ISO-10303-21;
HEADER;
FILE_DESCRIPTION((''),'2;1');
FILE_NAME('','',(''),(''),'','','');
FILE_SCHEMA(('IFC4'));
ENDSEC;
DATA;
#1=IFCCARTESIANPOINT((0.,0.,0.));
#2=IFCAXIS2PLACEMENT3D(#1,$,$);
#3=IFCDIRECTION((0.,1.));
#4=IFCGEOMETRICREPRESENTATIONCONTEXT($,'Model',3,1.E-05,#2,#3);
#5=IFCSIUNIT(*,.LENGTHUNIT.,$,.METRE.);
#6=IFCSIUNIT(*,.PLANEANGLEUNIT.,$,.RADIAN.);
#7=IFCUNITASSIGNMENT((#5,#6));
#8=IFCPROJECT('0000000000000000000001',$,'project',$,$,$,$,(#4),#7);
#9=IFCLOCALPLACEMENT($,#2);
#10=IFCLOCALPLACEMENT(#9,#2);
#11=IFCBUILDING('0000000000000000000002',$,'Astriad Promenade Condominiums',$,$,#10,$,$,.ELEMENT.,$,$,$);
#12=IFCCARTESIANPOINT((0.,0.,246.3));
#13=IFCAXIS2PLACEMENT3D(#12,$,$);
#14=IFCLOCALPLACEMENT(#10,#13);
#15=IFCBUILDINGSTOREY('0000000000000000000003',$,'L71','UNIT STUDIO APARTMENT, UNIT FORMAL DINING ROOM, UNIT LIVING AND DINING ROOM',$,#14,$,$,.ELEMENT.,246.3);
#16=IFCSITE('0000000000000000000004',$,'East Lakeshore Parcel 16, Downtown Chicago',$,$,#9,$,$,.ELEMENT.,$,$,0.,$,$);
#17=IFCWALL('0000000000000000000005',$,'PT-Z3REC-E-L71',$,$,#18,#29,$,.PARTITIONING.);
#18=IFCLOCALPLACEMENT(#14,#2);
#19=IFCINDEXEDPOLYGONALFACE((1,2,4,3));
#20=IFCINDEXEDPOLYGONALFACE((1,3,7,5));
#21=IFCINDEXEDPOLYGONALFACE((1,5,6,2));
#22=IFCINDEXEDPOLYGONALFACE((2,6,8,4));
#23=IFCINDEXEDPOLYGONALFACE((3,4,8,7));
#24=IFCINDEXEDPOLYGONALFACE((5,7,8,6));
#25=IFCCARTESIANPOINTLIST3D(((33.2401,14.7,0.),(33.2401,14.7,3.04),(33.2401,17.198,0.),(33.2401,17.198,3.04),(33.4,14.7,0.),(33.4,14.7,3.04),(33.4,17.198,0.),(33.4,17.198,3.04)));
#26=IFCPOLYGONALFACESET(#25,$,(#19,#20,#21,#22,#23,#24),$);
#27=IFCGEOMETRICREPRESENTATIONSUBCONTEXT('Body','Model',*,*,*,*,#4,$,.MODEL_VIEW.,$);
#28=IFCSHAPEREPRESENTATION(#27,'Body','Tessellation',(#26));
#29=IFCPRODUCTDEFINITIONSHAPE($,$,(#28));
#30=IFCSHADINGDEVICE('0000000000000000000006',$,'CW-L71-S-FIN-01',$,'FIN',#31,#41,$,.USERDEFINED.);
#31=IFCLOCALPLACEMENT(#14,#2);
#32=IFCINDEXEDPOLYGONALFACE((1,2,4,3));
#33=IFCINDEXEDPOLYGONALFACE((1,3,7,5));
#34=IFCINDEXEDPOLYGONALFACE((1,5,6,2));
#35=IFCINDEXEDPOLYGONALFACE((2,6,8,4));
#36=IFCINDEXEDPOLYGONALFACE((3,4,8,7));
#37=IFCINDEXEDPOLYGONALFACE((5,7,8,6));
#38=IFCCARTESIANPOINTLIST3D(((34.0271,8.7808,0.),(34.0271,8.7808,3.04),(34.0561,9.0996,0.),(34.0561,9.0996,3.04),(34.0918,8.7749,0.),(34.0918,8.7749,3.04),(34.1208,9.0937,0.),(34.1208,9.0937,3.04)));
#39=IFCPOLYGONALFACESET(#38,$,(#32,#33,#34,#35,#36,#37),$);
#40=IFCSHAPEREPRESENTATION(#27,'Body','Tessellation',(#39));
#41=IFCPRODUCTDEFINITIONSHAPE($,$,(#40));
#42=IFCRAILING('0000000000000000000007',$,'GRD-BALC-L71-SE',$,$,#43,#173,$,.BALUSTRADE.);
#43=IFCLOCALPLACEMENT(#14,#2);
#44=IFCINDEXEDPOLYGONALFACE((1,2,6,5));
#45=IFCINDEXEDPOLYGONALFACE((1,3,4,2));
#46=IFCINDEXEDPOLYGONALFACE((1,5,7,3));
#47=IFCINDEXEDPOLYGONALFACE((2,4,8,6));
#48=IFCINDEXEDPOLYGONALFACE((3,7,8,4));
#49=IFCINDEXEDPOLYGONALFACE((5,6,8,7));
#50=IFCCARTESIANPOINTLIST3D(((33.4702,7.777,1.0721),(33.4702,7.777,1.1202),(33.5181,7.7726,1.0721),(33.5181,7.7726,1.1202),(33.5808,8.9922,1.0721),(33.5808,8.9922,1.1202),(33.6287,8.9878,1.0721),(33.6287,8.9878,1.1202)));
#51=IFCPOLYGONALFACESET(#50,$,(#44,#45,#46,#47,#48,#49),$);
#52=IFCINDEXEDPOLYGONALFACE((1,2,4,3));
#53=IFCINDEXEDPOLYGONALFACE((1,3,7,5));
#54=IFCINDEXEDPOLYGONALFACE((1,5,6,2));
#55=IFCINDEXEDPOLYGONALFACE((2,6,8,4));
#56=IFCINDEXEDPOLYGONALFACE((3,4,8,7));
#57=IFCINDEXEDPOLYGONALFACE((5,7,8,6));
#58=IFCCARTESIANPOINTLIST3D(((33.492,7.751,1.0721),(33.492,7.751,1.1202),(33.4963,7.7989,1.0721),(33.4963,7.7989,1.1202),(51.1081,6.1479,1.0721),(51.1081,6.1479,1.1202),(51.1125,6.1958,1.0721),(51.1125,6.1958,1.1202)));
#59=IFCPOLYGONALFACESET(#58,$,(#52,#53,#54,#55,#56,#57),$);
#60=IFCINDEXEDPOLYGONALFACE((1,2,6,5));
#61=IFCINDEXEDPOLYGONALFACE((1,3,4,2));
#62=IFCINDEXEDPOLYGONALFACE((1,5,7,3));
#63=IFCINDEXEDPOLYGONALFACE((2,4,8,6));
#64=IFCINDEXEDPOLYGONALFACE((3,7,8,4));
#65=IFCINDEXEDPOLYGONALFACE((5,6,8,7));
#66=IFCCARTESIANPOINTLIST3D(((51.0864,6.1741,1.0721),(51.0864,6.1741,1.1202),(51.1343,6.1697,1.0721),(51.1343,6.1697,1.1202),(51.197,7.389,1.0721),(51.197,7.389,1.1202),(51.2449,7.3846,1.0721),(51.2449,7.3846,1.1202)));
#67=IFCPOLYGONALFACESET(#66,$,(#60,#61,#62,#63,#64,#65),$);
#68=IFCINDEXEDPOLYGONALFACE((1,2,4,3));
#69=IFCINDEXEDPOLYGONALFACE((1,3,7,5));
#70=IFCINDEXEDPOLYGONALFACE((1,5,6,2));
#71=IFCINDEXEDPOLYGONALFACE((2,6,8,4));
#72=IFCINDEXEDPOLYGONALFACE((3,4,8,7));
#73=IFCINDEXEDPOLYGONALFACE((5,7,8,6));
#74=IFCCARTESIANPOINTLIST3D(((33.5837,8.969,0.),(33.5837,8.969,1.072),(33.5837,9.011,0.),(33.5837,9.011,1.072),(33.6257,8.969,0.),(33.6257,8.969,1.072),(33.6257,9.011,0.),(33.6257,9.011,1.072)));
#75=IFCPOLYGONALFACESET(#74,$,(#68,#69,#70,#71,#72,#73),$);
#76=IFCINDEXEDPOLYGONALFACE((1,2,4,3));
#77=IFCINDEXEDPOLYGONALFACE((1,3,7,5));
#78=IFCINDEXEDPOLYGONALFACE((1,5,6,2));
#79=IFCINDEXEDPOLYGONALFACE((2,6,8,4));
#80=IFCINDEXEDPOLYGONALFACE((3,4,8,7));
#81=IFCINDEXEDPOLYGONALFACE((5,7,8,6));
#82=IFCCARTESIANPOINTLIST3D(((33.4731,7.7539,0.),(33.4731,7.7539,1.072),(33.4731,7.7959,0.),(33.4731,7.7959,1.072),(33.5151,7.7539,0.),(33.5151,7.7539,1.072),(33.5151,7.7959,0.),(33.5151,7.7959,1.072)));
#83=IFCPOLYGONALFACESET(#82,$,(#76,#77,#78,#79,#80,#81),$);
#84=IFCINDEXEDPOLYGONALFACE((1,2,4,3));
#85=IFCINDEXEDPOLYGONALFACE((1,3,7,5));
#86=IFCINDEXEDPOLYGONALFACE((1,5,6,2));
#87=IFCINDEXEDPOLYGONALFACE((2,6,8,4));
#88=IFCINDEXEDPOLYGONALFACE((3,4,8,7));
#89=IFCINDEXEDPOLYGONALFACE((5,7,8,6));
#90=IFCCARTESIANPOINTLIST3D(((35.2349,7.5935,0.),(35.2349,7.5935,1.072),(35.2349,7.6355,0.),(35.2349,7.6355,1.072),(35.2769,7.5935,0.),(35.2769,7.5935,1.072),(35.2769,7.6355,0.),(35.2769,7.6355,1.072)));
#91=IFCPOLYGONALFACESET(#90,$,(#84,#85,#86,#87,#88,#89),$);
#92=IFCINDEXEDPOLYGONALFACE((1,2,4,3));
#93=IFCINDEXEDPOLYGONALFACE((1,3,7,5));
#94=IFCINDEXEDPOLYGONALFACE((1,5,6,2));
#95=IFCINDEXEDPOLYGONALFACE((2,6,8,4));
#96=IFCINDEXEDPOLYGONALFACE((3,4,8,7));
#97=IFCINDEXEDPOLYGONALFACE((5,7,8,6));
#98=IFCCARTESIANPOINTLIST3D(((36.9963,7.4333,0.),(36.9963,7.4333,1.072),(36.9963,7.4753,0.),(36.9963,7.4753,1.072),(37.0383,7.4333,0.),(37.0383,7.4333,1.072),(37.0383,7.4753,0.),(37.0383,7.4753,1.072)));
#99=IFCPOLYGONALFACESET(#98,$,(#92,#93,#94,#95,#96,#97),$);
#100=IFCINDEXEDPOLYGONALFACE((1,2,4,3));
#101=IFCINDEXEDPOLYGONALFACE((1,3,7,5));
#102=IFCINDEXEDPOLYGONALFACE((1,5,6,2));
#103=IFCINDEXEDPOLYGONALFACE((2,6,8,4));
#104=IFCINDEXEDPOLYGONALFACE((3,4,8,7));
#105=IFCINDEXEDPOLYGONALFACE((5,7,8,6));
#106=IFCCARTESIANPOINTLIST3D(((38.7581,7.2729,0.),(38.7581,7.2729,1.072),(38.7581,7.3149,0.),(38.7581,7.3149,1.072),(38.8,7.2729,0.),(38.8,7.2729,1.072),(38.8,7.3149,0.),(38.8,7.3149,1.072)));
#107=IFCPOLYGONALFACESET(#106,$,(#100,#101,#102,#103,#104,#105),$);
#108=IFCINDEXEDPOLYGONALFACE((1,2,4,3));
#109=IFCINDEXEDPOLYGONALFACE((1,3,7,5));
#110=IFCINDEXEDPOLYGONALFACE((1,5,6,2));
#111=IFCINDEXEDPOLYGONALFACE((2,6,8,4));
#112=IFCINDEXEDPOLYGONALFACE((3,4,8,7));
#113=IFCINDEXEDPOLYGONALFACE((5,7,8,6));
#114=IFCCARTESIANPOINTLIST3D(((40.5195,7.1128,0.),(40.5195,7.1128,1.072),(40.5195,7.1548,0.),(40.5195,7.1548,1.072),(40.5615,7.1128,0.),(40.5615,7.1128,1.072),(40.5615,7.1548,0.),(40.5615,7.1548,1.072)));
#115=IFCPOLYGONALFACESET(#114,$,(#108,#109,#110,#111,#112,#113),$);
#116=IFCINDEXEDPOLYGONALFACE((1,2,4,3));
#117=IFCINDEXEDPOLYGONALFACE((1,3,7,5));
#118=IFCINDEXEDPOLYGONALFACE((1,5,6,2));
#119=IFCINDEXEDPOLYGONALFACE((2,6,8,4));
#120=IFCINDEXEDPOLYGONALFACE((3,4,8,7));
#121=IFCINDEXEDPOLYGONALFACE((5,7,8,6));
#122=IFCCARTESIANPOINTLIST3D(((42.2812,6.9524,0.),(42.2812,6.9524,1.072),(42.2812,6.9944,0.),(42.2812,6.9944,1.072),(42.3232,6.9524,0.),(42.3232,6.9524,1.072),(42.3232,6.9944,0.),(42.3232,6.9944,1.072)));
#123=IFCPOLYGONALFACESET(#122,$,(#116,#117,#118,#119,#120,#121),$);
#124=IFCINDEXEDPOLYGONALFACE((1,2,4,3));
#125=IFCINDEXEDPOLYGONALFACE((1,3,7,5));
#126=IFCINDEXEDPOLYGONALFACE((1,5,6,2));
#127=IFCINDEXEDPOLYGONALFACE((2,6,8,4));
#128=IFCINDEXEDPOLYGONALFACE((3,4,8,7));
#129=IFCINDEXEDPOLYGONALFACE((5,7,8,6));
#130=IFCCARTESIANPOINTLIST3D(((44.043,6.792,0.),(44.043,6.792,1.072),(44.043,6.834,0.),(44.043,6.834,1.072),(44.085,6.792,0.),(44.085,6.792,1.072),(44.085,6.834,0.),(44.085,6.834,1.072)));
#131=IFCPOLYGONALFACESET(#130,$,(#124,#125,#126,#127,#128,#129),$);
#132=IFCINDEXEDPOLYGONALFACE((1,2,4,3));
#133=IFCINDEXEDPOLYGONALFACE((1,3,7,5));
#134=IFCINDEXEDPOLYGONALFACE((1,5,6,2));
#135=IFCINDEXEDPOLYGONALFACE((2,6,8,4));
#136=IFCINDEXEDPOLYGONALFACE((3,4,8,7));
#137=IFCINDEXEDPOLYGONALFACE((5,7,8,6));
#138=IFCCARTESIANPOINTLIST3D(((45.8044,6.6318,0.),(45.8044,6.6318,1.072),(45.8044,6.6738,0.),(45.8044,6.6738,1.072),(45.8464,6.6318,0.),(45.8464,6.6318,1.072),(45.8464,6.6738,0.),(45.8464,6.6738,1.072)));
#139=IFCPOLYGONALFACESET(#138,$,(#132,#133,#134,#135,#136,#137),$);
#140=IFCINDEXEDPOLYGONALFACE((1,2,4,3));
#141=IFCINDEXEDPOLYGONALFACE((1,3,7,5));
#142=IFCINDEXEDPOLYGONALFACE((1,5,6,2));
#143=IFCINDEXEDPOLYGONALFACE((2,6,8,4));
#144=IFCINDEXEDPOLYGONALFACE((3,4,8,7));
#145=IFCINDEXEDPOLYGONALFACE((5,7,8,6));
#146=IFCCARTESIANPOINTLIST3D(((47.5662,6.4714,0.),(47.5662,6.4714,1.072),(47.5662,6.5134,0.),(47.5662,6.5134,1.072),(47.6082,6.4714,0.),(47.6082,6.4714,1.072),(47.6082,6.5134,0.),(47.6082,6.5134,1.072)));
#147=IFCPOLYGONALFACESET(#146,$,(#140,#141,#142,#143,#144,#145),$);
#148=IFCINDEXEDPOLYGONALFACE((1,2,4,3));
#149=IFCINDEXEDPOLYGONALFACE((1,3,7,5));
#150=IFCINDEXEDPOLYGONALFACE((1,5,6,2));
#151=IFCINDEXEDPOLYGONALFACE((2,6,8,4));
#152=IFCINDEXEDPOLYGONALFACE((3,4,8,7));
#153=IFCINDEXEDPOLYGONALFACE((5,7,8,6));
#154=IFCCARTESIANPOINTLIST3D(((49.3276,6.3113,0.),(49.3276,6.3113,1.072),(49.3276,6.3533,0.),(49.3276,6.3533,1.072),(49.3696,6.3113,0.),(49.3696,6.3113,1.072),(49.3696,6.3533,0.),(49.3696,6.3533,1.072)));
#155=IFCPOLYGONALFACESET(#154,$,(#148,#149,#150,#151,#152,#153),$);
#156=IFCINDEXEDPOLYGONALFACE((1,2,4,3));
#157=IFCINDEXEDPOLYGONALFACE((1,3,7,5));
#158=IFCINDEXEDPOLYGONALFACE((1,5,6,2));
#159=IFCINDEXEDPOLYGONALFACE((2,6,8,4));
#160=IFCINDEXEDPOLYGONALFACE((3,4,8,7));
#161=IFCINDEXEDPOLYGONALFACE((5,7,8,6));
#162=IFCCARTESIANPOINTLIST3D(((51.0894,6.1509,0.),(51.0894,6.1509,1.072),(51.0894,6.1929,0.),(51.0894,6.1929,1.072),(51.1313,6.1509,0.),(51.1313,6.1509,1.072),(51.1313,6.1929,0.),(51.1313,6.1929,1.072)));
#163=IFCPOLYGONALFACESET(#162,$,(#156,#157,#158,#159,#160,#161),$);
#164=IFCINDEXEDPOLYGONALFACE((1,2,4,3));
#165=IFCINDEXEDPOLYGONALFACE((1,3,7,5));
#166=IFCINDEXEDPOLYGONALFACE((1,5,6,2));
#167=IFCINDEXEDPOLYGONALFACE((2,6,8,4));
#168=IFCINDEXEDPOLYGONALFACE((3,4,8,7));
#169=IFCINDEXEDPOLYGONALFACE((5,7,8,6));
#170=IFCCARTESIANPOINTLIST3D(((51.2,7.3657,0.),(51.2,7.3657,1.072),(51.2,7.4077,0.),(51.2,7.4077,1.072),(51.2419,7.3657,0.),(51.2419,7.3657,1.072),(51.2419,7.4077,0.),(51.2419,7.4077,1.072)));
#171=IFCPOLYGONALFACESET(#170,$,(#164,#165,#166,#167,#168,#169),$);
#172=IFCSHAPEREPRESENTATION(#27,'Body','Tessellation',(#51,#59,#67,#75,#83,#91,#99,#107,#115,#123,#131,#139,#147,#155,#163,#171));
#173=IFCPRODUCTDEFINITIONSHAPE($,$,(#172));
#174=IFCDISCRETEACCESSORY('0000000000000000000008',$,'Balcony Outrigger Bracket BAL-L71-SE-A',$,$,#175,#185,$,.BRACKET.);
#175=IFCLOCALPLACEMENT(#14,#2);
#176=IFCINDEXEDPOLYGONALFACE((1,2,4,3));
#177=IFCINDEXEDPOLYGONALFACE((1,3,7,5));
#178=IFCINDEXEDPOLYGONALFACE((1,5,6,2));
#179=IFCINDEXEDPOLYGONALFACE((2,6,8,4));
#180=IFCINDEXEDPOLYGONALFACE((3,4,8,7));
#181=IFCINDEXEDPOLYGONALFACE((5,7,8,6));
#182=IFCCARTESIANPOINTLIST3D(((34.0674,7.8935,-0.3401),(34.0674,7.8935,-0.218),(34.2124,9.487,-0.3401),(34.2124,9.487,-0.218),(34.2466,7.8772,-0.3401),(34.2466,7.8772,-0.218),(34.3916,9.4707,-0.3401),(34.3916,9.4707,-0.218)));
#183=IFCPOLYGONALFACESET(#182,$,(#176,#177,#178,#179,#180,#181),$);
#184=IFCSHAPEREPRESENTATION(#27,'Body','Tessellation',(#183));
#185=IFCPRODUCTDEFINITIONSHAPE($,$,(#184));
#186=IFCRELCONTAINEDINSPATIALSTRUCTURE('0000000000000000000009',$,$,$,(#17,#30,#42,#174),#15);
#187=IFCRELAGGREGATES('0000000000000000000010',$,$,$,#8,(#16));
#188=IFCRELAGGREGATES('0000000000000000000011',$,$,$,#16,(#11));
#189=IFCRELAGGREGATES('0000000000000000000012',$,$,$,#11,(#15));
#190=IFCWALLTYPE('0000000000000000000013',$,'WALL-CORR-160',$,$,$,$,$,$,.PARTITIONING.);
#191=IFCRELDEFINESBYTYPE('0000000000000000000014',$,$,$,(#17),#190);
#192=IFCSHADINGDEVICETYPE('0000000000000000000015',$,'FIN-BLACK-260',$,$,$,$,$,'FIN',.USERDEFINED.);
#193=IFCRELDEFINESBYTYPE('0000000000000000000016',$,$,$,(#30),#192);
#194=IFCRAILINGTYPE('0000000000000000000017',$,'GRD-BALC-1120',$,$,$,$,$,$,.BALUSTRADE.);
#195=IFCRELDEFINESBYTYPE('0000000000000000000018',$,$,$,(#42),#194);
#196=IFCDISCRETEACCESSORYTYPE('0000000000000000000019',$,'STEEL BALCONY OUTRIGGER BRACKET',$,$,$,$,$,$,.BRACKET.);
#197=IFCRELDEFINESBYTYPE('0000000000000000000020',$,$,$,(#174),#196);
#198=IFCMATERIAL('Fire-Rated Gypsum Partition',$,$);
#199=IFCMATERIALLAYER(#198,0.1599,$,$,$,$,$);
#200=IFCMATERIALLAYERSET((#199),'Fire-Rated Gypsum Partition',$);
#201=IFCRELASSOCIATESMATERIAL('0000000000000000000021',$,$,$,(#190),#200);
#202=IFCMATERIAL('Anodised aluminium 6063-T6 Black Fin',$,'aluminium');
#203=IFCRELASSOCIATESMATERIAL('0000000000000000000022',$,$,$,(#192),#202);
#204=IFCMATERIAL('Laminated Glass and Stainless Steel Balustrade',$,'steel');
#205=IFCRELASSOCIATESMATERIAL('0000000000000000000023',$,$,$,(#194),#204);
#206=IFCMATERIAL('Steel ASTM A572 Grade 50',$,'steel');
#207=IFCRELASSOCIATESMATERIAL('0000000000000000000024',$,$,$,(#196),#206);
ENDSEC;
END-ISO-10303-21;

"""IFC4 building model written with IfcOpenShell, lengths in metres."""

from ifc_helpers import new_model, si_unit, direction, frame, frame_2d, origin, origin_2d, place, context, subcontext, project, spatial, rectangle, extrude, source, transform, mapped, material, layer, layer_set, type_object, type_shapes, element, save


model = new_model("IFC4")

# Units and contexts
model_context = context("Model", 3, precision=1e-05, world=origin(), true_north=direction((0.0, 1.0)))
body_context = subcontext(model_context, "Body", "Model", "MODEL_VIEW")
ifc_project = project(units=[si_unit("LENGTHUNIT", "METRE"), si_unit("PLANEANGLEUNIT", "RADIAN")], contexts=[model_context])

# Site, building, storey
site_placement = place(None, origin())
site = spatial("IfcSite", under=ifc_project, at=site_placement, Name="East Lakeshore Parcel 16, Downtown Chicago", CompositionType="ELEMENT", RefElevation=0.0)
building_placement = place(site_placement, origin())
building = spatial("IfcBuilding", under=site, at=building_placement, Name="Astriad Promenade Condominiums", CompositionType="ELEMENT")
storey_placement = place(building_placement, frame((0.0, 0.0, 246.3)))
storey = spatial("IfcBuildingStorey", under=building, at=storey_placement, Name="L71", Description="UNIT STUDIO APARTMENT, UNIT FORMAL DINING ROOM, UNIT LIVING AND DINING ROOM", CompositionType="ELEMENT", Elevation=246.3)

# Wall
ifc_material_1 = material(Name="Fire-Rated Gypsum Partition")
ifc_layer_1 = layer(ifc_material_1, 0.1599)
ifc_layer_set_1 = layer_set([ifc_layer_1], Name="Fire-Rated Gypsum Partition")
wall_type_1 = type_object("IfcWallType", Name="WALL-CORR-160", PredefinedType="PARTITIONING", material=ifc_layer_set_1)
wall_1_placement = place(storey_placement, frame((33.3201, 14.7, 0.0), z_axis=(0.0, 0.0, 1.0), x_axis=(0.0, 1.0, 0.0)))
element("IfcWall", 1, at=wall_1_placement, inside=storey, type_object=wall_type_1, Name="PT-Z3REC-E-L71", PredefinedType="PARTITIONING", context=body_context, shape_type="SweptSolid", body=[
    extrude(rectangle(XDim=2.498, YDim=0.1599, at=frame_2d((1.249, 0.0))), origin(), (0.0, 0.0, 1.0), 3.04),
])

# Shading device
ifc_material_2 = material(Name="Anodised aluminium 6063-T6 Black Fin", Category="aluminium")
shading_device_type = type_object("IfcShadingDeviceType", Name="FIN-BLACK-260", ElementType="FIN", PredefinedType="USERDEFINED", material=ifc_material_2)
shared_shape_1 = source(origin(), body_context, "Body", "SweptSolid", [
    extrude(rectangle(XDim=0.0649, YDim=0.3201, at=origin_2d()), origin(), (0.0, 0.0, 1.0), 3.04),
])
type_shapes(shading_device_type, [shared_shape_1])
shading_device_placement = place(storey_placement, frame((34.074, 8.9373, 0.0), z_axis=(0.0, 0.0, 1.0), x_axis=(-0.995884, 0.090633, 0.0)))
element("IfcShadingDevice", 2, at=shading_device_placement, inside=storey, type_object=shading_device_type, Name="CW-L71-S-FIN-01", ObjectType="FIN", PredefinedType="USERDEFINED", context=body_context, shape_type="MappedRepresentation", body=[
    mapped(shared_shape_1, transform((0.0, 0.0, 0.0), scale=1.0)),
])

# Railing
ifc_material_3 = material(Name="Laminated Glass and Stainless Steel Balustrade", Category="steel")
railing_type = type_object("IfcRailingType", Name="GRD-BALC-1120", PredefinedType="BALUSTRADE", material=ifc_material_3)
shared_shape_2 = source(origin(), body_context, "Body", "SweptSolid", [
    extrude(rectangle(XDim=0.0481, YDim=0.0481, at=origin_2d()), frame((0.0, 0.0, 1.0962), z_axis=(-0.090644, -0.995883, 0.0), x_axis=(0.995883, -0.090644, 0.0)), (0.0, 0.0, 1.0), 1.2202),
    extrude(rectangle(XDim=0.0481, YDim=0.0481, at=origin_2d()), frame((-0.1106, -1.2151, 1.0962), z_axis=(0.995885, -0.090623, 0.0), x_axis=(0.090623, 0.995885, 0.0)), (0.0, 0.0, 1.0), 17.689),
    extrude(rectangle(XDim=0.0481, YDim=0.0481, at=origin_2d()), frame((17.5056, -2.8181, 1.0962), z_axis=(0.090662, 0.995882, 0.0), x_axis=(-0.995882, 0.090662, 0.0)), (0.0, 0.0, 1.0), 1.22),
    extrude(rectangle(XDim=0.042, YDim=0.042, at=origin_2d()), origin(), (0.0, 0.0, 1.0), 1.072),
    extrude(rectangle(XDim=0.042, YDim=0.042, at=origin_2d()), frame((-0.1106, -1.2151, 0.0)), (0.0, 0.0, 1.0), 1.072),
    extrude(rectangle(XDim=0.042, YDim=0.042, at=origin_2d()), frame((1.6511, -1.3755, 0.0)), (0.0, 0.0, 1.0), 1.072),
    extrude(rectangle(XDim=0.042, YDim=0.042, at=origin_2d()), frame((3.4126, -1.5356, 0.0)), (0.0, 0.0, 1.0), 1.072),
    extrude(rectangle(XDim=0.042, YDim=0.042, at=origin_2d()), frame((5.1743, -1.696, 0.0)), (0.0, 0.0, 1.0), 1.072),
    extrude(rectangle(XDim=0.042, YDim=0.042, at=origin_2d()), frame((6.9358, -1.8562, 0.0)), (0.0, 0.0, 1.0), 1.072),
    extrude(rectangle(XDim=0.042, YDim=0.042, at=origin_2d()), frame((8.6975, -2.0166, 0.0)), (0.0, 0.0, 1.0), 1.072),
    extrude(rectangle(XDim=0.042, YDim=0.042, at=origin_2d()), frame((10.4592, -2.177, 0.0)), (0.0, 0.0, 1.0), 1.072),
    extrude(rectangle(XDim=0.042, YDim=0.042, at=origin_2d()), frame((12.2207, -2.3372, 0.0)), (0.0, 0.0, 1.0), 1.072),
    extrude(rectangle(XDim=0.042, YDim=0.042, at=origin_2d()), frame((13.9824, -2.4976, 0.0)), (0.0, 0.0, 1.0), 1.072),
    extrude(rectangle(XDim=0.042, YDim=0.042, at=origin_2d()), frame((15.7439, -2.6577, 0.0)), (0.0, 0.0, 1.0), 1.072),
    extrude(rectangle(XDim=0.042, YDim=0.042, at=origin_2d()), frame((17.5056, -2.8181, 0.0)), (0.0, 0.0, 1.0), 1.072),
    extrude(rectangle(XDim=0.042, YDim=0.042, at=origin_2d()), frame((17.6162, -1.6033, 0.0)), (0.0, 0.0, 1.0), 1.072),
])
type_shapes(railing_type, [shared_shape_2])
railing_placement = place(storey_placement, frame((33.6047, 8.99, 0.0)))
element("IfcRailing", 3, at=railing_placement, inside=storey, type_object=railing_type, Name="GRD-BALC-L71-SE", PredefinedType="BALUSTRADE", context=body_context, shape_type="MappedRepresentation", body=[
    mapped(shared_shape_2, transform((0.0, 0.0, 0.0), scale=1.0)),
])

# Discrete accessory
ifc_material_4 = material(Name="Steel ASTM A572 Grade 50", Category="steel")
discrete_accessory_type = type_object("IfcDiscreteAccessoryType", Name="STEEL BALCONY OUTRIGGER BRACKET", PredefinedType="BRACKET", material=ifc_material_4)
shared_shape_3 = source(origin(), body_context, "Body", "SweptSolid", [
    extrude(rectangle(XDim=1.6001, YDim=0.1799, at=origin_2d()), origin(), (0.0, 0.0, 1.0), 0.1221),
])
type_shapes(discrete_accessory_type, [shared_shape_3])
discrete_accessory_placement = place(storey_placement, frame((34.2295, 8.6821, -0.3401), z_axis=(0.0, 0.0, 1.0), x_axis=(-0.090633, -0.995884, 0.0)))
element("IfcDiscreteAccessory", 4, at=discrete_accessory_placement, inside=storey, type_object=discrete_accessory_type, Name="Balcony Outrigger Bracket BAL-L71-SE-A", PredefinedType="BRACKET", context=body_context, shape_type="MappedRepresentation", body=[
    mapped(shared_shape_3, transform((0.0, 0.0, 0.0), scale=1.0)),
])

save(model, "model.ifc")
